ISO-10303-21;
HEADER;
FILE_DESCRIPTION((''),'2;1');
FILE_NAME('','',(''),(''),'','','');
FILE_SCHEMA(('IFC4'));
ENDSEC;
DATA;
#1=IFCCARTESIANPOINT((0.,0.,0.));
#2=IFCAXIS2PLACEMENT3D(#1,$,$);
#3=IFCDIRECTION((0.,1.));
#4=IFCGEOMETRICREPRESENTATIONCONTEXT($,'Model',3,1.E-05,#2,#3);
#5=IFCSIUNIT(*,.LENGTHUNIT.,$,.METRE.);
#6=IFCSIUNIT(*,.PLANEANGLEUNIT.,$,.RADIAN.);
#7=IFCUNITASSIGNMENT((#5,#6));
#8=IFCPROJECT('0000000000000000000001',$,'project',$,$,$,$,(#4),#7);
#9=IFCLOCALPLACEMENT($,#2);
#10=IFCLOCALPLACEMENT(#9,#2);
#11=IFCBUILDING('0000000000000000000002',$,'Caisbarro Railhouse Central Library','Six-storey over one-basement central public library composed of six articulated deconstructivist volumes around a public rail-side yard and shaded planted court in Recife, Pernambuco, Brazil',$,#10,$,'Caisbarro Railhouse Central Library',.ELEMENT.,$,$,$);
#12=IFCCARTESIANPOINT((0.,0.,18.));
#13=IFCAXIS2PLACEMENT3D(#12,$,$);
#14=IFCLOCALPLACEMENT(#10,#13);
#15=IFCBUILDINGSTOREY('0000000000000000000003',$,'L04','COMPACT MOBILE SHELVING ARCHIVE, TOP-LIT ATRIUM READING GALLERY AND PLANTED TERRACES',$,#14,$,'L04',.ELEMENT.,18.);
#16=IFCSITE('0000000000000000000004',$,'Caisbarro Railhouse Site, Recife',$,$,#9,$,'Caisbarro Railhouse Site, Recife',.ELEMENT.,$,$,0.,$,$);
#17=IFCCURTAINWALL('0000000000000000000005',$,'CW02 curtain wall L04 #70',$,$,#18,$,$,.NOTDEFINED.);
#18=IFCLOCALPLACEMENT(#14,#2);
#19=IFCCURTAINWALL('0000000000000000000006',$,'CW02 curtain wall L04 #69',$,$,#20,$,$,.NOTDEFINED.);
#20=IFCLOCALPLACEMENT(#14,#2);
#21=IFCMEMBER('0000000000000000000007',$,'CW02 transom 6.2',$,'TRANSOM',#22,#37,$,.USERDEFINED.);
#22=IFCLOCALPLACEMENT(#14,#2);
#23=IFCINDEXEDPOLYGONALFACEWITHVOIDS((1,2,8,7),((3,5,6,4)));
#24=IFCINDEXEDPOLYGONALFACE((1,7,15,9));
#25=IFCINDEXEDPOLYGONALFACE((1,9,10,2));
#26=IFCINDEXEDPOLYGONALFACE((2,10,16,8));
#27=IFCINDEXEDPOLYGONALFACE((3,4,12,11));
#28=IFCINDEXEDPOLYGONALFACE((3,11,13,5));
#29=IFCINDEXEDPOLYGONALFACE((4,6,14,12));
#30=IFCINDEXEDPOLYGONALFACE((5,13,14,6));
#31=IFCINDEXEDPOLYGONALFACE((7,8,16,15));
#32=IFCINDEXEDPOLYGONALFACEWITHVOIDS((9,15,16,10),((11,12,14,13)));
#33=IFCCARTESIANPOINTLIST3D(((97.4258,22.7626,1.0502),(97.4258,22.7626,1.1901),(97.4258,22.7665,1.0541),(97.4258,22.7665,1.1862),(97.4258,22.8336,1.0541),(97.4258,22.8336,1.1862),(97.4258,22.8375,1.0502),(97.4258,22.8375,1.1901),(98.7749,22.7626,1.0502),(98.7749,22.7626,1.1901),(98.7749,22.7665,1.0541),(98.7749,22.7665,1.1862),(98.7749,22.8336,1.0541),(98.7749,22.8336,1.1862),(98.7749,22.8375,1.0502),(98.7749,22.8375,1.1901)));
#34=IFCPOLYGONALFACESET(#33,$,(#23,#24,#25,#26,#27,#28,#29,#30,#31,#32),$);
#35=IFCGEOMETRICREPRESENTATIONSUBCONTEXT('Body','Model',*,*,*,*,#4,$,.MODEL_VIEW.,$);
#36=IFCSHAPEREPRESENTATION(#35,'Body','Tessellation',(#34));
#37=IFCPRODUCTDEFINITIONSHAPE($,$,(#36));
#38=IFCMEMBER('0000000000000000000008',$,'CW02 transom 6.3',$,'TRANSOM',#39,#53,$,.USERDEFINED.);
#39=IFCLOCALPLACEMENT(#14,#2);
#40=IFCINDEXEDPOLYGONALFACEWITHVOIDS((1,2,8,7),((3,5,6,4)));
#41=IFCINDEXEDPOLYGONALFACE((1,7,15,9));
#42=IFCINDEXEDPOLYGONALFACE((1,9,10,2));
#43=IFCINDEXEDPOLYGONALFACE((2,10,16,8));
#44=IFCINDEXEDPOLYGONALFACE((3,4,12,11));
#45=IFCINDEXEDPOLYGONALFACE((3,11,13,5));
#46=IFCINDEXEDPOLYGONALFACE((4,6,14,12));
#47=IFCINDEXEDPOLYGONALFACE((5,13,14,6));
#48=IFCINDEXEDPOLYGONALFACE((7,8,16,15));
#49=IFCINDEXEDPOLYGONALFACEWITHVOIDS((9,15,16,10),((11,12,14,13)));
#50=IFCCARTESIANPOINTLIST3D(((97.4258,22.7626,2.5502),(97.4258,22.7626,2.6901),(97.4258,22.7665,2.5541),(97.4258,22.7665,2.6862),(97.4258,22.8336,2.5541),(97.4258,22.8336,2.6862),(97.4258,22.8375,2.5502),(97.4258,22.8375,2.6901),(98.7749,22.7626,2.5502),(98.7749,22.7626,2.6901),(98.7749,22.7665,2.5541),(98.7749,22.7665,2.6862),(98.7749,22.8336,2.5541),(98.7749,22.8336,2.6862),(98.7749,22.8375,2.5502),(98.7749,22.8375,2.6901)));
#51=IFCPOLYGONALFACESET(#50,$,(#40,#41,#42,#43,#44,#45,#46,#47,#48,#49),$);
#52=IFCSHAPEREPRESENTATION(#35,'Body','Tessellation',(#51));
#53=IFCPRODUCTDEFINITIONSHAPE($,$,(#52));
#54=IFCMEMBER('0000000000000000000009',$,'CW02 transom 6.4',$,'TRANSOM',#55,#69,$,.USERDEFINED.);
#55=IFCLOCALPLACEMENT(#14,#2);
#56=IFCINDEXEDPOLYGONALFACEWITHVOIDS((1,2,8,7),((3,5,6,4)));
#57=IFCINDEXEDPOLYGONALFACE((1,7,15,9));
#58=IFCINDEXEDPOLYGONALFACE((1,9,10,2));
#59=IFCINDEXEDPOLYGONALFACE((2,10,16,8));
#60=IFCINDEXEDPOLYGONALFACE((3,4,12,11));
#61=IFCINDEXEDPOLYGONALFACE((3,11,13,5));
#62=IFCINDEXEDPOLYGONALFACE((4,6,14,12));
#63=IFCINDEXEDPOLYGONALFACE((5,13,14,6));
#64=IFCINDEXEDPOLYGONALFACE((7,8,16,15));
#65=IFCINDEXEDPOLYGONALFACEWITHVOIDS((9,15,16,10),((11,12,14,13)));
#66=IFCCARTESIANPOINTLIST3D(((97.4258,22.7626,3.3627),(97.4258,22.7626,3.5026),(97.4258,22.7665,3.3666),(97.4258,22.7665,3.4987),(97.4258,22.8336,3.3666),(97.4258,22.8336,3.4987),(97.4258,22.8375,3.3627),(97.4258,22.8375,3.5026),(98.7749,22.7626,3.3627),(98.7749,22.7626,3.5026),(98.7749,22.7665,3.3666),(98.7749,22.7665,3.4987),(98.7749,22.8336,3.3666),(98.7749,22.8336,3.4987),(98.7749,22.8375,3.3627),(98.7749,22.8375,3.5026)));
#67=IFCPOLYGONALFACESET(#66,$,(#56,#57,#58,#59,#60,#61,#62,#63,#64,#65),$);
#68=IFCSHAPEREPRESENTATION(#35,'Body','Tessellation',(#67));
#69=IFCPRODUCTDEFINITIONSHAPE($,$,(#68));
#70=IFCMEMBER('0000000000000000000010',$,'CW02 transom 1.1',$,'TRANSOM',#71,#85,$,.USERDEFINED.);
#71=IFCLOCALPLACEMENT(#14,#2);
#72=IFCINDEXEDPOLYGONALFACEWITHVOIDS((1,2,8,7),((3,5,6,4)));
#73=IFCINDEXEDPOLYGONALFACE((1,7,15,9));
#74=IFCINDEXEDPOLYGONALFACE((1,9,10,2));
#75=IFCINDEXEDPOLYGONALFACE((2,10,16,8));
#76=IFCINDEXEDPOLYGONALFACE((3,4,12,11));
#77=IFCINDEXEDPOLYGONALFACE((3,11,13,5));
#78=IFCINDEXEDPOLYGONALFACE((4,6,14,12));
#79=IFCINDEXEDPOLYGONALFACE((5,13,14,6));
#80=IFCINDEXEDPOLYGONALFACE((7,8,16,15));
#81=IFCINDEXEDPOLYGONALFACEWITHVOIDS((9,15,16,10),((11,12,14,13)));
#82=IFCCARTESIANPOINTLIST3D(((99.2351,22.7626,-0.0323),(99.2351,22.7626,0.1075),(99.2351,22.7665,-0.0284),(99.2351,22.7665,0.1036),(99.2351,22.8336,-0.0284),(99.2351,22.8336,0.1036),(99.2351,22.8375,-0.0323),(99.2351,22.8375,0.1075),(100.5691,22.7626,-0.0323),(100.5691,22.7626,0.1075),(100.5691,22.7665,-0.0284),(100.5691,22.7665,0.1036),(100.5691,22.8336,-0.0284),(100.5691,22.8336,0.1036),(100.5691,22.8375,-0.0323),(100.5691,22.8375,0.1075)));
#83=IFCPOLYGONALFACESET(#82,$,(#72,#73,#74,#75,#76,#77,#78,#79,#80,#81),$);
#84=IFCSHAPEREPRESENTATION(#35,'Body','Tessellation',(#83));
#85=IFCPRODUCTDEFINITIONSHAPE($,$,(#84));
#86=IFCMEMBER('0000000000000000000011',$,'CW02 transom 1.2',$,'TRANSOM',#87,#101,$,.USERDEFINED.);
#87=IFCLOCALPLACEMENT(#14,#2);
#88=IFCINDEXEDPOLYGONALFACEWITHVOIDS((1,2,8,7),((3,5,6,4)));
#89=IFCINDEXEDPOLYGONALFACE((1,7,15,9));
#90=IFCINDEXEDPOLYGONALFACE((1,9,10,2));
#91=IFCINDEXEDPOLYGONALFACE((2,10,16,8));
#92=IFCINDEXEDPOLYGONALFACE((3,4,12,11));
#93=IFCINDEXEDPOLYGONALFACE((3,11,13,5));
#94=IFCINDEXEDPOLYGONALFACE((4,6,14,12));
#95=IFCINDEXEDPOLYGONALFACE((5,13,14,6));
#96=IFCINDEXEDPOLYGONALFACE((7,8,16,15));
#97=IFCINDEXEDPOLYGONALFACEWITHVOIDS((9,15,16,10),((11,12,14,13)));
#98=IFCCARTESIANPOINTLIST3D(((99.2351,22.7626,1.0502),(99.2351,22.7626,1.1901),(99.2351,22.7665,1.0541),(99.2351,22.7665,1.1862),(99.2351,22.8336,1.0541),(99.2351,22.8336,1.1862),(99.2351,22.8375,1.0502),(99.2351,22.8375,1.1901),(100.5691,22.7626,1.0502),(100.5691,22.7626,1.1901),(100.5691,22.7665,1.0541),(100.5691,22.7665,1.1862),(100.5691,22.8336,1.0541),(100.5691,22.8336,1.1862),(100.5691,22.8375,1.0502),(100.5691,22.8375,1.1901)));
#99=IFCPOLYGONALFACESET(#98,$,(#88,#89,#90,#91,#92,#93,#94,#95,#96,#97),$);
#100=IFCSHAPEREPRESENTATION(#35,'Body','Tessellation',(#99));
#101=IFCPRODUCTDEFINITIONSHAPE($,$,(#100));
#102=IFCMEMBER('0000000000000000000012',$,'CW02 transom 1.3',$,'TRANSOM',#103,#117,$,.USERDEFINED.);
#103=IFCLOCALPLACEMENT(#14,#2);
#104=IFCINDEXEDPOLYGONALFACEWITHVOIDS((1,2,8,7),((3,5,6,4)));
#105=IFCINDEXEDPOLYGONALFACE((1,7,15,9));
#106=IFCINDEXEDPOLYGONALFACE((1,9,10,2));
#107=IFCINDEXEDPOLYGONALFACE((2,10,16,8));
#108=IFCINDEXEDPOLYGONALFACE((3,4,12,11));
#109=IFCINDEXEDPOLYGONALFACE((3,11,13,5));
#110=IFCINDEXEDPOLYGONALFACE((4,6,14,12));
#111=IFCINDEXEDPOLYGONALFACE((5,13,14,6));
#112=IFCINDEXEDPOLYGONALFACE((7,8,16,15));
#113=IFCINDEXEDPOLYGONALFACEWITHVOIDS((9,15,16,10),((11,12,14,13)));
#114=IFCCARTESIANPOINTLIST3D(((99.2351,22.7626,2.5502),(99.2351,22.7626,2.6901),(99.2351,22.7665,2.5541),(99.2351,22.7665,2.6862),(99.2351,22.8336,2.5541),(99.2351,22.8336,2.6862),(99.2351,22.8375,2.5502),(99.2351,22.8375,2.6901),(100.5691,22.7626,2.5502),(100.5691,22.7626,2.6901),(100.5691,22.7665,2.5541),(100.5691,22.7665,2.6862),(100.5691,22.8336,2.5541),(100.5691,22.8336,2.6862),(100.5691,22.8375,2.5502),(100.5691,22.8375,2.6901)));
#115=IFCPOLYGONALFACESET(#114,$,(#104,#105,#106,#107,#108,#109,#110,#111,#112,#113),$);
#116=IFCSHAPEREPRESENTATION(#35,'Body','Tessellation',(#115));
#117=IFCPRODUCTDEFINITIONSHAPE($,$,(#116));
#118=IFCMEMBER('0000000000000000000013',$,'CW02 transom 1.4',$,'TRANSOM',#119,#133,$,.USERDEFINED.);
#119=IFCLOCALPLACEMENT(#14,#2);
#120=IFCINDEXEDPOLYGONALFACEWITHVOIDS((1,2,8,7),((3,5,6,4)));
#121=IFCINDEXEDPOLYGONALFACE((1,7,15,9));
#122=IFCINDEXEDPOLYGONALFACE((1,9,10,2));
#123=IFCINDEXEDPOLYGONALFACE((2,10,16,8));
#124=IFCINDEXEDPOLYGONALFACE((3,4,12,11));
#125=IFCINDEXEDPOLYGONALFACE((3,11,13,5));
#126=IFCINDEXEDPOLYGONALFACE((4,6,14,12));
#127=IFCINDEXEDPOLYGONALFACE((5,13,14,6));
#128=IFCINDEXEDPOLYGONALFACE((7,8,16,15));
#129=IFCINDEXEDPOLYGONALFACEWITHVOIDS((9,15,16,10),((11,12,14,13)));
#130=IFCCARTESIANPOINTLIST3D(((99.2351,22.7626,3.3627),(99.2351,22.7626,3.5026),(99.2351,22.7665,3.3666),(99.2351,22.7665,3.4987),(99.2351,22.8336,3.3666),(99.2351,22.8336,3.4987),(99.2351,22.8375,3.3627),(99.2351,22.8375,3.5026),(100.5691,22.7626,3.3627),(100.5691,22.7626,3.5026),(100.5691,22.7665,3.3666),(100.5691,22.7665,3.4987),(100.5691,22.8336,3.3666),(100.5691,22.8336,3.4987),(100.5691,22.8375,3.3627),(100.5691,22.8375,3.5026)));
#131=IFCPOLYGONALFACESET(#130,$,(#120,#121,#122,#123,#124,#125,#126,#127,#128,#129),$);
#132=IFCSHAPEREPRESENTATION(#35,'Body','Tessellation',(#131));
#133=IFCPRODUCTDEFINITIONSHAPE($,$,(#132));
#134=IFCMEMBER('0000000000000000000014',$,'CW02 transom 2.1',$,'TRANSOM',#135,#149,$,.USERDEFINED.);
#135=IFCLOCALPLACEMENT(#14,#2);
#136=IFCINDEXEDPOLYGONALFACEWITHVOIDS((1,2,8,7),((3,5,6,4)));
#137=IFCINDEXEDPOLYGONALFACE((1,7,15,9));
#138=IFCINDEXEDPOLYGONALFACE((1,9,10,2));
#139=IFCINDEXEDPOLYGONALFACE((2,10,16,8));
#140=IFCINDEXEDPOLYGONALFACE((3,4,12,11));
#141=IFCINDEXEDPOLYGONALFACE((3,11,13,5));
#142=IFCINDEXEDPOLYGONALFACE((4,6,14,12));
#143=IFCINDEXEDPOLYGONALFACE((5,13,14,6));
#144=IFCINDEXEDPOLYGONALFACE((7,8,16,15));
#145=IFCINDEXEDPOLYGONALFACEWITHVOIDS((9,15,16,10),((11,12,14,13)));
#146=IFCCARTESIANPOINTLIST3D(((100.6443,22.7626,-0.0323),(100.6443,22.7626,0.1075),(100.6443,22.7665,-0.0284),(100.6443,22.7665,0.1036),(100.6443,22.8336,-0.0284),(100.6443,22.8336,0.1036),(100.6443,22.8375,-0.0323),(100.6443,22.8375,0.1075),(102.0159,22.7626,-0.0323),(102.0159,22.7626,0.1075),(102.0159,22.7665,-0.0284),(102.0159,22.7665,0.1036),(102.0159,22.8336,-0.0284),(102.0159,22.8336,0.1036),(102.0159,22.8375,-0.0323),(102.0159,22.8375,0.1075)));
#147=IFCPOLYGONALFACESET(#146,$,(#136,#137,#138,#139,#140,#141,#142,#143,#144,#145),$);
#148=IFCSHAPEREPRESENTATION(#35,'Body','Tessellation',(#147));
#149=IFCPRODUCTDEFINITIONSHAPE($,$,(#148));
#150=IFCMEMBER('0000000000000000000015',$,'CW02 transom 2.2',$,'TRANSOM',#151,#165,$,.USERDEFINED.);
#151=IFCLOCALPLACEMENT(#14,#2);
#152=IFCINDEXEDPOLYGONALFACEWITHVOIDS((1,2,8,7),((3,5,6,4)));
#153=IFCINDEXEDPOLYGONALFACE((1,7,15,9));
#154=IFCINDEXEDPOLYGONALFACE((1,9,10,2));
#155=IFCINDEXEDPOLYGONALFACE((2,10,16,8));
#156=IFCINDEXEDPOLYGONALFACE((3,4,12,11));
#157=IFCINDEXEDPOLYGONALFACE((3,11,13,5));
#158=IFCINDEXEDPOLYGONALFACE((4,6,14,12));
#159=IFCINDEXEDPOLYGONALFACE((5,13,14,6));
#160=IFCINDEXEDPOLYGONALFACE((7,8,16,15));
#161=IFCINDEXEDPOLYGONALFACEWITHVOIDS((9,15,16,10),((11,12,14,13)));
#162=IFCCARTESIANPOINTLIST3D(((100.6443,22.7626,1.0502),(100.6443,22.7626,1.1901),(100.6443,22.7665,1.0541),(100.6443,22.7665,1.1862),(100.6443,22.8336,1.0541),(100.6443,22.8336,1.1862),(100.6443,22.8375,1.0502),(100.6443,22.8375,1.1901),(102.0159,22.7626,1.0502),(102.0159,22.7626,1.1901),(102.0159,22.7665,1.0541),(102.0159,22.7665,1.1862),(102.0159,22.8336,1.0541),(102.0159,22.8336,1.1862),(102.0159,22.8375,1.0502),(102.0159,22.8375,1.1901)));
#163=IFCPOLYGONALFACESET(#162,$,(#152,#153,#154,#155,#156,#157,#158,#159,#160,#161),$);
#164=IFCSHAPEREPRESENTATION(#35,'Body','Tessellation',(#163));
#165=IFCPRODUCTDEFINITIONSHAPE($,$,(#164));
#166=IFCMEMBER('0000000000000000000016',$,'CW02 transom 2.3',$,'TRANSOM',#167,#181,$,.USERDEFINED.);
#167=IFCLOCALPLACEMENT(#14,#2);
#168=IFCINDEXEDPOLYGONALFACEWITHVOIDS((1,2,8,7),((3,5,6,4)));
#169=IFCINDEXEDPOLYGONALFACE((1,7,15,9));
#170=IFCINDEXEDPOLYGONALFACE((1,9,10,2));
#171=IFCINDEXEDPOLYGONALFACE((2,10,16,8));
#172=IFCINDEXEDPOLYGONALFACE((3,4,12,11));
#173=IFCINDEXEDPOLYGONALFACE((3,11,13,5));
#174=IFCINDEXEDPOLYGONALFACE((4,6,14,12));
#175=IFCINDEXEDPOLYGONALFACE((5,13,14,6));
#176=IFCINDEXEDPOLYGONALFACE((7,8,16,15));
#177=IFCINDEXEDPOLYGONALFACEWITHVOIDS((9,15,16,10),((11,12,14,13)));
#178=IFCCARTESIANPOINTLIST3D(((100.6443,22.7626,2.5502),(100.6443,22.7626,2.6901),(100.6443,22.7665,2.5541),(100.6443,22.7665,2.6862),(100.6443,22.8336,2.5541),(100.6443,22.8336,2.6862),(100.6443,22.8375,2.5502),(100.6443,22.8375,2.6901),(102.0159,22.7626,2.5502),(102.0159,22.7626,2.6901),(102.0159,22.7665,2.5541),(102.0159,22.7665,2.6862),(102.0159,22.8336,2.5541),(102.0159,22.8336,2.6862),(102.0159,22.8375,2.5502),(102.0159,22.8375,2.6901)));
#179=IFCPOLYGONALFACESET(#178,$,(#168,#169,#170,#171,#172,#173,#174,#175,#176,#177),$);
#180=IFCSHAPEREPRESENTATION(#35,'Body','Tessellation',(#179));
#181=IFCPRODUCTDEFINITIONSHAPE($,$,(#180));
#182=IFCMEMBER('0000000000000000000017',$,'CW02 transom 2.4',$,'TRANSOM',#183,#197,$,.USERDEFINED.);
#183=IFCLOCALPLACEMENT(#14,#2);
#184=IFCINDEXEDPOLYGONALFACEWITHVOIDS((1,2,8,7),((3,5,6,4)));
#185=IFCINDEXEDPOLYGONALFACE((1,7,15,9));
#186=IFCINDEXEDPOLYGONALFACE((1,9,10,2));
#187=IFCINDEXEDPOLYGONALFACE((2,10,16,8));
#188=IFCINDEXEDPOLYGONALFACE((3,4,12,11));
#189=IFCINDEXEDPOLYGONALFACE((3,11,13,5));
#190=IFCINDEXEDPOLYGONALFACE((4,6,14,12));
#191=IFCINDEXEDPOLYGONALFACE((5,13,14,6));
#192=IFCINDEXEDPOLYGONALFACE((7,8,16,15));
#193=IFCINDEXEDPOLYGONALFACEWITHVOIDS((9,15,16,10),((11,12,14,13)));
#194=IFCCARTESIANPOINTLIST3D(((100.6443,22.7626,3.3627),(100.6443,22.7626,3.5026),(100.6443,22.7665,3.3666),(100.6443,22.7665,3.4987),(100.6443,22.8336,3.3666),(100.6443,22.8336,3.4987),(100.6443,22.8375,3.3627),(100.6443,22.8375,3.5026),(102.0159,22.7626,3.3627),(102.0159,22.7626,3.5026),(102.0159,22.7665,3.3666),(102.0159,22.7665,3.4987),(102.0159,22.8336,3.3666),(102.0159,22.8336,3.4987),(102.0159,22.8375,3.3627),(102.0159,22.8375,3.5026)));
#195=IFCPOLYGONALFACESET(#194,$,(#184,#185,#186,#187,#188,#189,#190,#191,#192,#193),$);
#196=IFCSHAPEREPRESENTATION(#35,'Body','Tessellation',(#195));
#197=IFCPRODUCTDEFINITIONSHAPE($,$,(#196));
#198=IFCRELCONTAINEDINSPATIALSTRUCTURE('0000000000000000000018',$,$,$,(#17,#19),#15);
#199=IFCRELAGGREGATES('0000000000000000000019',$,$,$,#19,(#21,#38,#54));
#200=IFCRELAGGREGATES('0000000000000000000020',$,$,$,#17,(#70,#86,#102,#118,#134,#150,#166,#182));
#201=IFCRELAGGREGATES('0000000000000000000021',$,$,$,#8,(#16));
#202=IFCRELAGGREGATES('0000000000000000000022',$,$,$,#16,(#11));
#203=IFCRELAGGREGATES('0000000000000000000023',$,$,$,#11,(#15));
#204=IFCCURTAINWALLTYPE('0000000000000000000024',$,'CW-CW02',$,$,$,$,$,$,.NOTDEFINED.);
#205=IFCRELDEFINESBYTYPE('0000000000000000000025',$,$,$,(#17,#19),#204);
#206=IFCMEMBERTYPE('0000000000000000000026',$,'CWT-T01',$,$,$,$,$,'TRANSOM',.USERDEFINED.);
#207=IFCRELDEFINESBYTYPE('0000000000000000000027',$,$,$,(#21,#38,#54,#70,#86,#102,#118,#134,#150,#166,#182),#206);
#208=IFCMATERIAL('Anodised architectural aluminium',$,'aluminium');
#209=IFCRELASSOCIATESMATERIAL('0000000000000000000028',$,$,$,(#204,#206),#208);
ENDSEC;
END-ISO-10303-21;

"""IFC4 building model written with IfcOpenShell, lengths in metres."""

from ifc_helpers import new_model, si_unit, direction, frame, origin, origin_2d, place, context, subcontext, project, spatial, hollow_rectangle, extrude, material, material_profile, profile_set, type_object, element, aggregate, save


model = new_model("IFC4")

# Units and contexts
model_context = context("Model", 3, precision=1e-05, world=origin(), true_north=direction((0.0, 1.0)))
body_context = subcontext(model_context, "Body", "Model", "MODEL_VIEW")
ifc_project = project(units=[si_unit("LENGTHUNIT", "METRE"), si_unit("PLANEANGLEUNIT", "RADIAN")], contexts=[model_context])

# Site, building, storey
site_placement = place(None, origin())
site = spatial("IfcSite", under=ifc_project, at=site_placement, Name="Caisbarro Railhouse Site, Recife", LongName="Caisbarro Railhouse Site, Recife", CompositionType="ELEMENT", RefElevation=0.0)
building_placement = place(site_placement, origin())
building = spatial("IfcBuilding", under=site, at=building_placement, Name="Caisbarro Railhouse Central Library", Description="Six-storey over one-basement central public library composed of six articulated deconstructivist volumes around a public rail-side yard and shaded planted court in Recife, Pernambuco, Brazil", LongName="Caisbarro Railhouse Central Library", CompositionType="ELEMENT")
storey_placement = place(building_placement, frame((0.0, 0.0, 18.0)))
storey = spatial("IfcBuildingStorey", under=building, at=storey_placement, Name="L04", Description="COMPACT MOBILE SHELVING ARCHIVE, TOP-LIT ATRIUM READING GALLERY AND PLANTED TERRACES", LongName="L04", CompositionType="ELEMENT", Elevation=18.0)

# Curtain walls, members
ifc_material_1 = material(Name="Anodised architectural aluminium", Category="aluminium")
curtain_wall_type = type_object("IfcCurtainWallType", Name="CW-CW02", PredefinedType="NOTDEFINED", material=ifc_material_1)
curtain_wall_1_placement = place(storey_placement, origin())
curtain_wall_1 = element("IfcCurtainWall", 1, at=curtain_wall_1_placement, inside=storey, type_object=curtain_wall_type, Name="CW02 curtain wall L04 #70", PredefinedType="NOTDEFINED")
curtain_wall_2_placement = place(storey_placement, origin())
curtain_wall_2 = element("IfcCurtainWall", 2, at=curtain_wall_2_placement, inside=storey, type_object=curtain_wall_type, Name="CW02 curtain wall L04 #69", PredefinedType="NOTDEFINED")
ifc_material_profile_1 = material_profile(ifc_material_1, hollow_rectangle(XDim=0.075, YDim=0.1399, WallThickness=0.0039, at=origin_2d()), Name="ALU-TRN-75X140")
ifc_profile_set_1 = profile_set([ifc_material_profile_1], Name="Anodised architectural aluminium")
member_type_1 = type_object("IfcMemberType", Name="CWT-T01", ElementType="TRANSOM", PredefinedType="USERDEFINED", material=ifc_profile_set_1)
member_1_placement = place(storey_placement, frame((97.4258, 22.8, 1.1201), z_axis=(1.0, 0.0, 0.0), x_axis=(0.0, 1.0, 0.0)))
member_1 = element("IfcMember", 3, at=member_1_placement, type_object=member_type_1, Name="CW02 transom 6.2", ObjectType="TRANSOM", PredefinedType="USERDEFINED", context=body_context, shape_type="SweptSolid", body=[
    extrude(hollow_rectangle(XDim=0.075, YDim=0.1399, WallThickness=0.0039, at=origin_2d()), origin(), (0.0, 0.0, 1.0), 1.3491),
])
member_2_placement = place(storey_placement, frame((97.4258, 22.8, 2.6201), z_axis=(1.0, 0.0, 0.0), x_axis=(0.0, 1.0, 0.0)))
member_2 = element("IfcMember", 4, at=member_2_placement, type_object=member_type_1, Name="CW02 transom 6.3", ObjectType="TRANSOM", PredefinedType="USERDEFINED", context=body_context, shape_type="SweptSolid", body=[
    extrude(hollow_rectangle(XDim=0.075, YDim=0.1399, WallThickness=0.0039, at=origin_2d()), origin(), (0.0, 0.0, 1.0), 1.3491),
])
member_3_placement = place(storey_placement, frame((97.4258, 22.8, 3.4326), z_axis=(1.0, 0.0, 0.0), x_axis=(0.0, 1.0, 0.0)))
member_3 = element("IfcMember", 5, at=member_3_placement, type_object=member_type_1, Name="CW02 transom 6.4", ObjectType="TRANSOM", PredefinedType="USERDEFINED", context=body_context, shape_type="SweptSolid", body=[
    extrude(hollow_rectangle(XDim=0.075, YDim=0.1399, WallThickness=0.0039, at=origin_2d()), origin(), (0.0, 0.0, 1.0), 1.3491),
])

# Members
member_4_placement = place(storey_placement, frame((99.2351, 22.8, 0.0376), z_axis=(1.0, 0.0, 0.0), x_axis=(0.0, 1.0, 0.0)))
member_4 = element("IfcMember", 6, at=member_4_placement, type_object=member_type_1, Name="CW02 transom 1.1", ObjectType="TRANSOM", PredefinedType="USERDEFINED", context=body_context, shape_type="SweptSolid", body=[
    extrude(hollow_rectangle(XDim=0.075, YDim=0.1399, WallThickness=0.0039, at=origin_2d()), origin(), (0.0, 0.0, 1.0), 1.334),
])
member_5_placement = place(storey_placement, frame((99.2351, 22.8, 1.1201), z_axis=(1.0, 0.0, 0.0), x_axis=(0.0, 1.0, 0.0)))
member_5 = element("IfcMember", 7, at=member_5_placement, type_object=member_type_1, Name="CW02 transom 1.2", ObjectType="TRANSOM", PredefinedType="USERDEFINED", context=body_context, shape_type="SweptSolid", body=[
    extrude(hollow_rectangle(XDim=0.075, YDim=0.1399, WallThickness=0.0039, at=origin_2d()), origin(), (0.0, 0.0, 1.0), 1.334),
])
member_6_placement = place(storey_placement, frame((99.2351, 22.8, 2.6201), z_axis=(1.0, 0.0, 0.0), x_axis=(0.0, 1.0, 0.0)))
member_6 = element("IfcMember", 8, at=member_6_placement, type_object=member_type_1, Name="CW02 transom 1.3", ObjectType="TRANSOM", PredefinedType="USERDEFINED", context=body_context, shape_type="SweptSolid", body=[
    extrude(hollow_rectangle(XDim=0.075, YDim=0.1399, WallThickness=0.0039, at=origin_2d()), origin(), (0.0, 0.0, 1.0), 1.334),
])
member_7_placement = place(storey_placement, frame((99.2351, 22.8, 3.4326), z_axis=(1.0, 0.0, 0.0), x_axis=(0.0, 1.0, 0.0)))
member_7 = element("IfcMember", 9, at=member_7_placement, type_object=member_type_1, Name="CW02 transom 1.4", ObjectType="TRANSOM", PredefinedType="USERDEFINED", context=body_context, shape_type="SweptSolid", body=[
    extrude(hollow_rectangle(XDim=0.075, YDim=0.1399, WallThickness=0.0039, at=origin_2d()), origin(), (0.0, 0.0, 1.0), 1.334),
])
member_8_placement = place(storey_placement, frame((100.6443, 22.8, 0.0376), z_axis=(1.0, 0.0, 0.0), x_axis=(0.0, 1.0, 0.0)))
member_8 = element("IfcMember", 10, at=member_8_placement, type_object=member_type_1, Name="CW02 transom 2.1", ObjectType="TRANSOM", PredefinedType="USERDEFINED", context=body_context, shape_type="SweptSolid", body=[
    extrude(hollow_rectangle(XDim=0.075, YDim=0.1399, WallThickness=0.0039, at=origin_2d()), origin(), (0.0, 0.0, 1.0), 1.3716),
])
member_9_placement = place(storey_placement, frame((100.6443, 22.8, 1.1201), z_axis=(1.0, 0.0, 0.0), x_axis=(0.0, 1.0, 0.0)))
member_9 = element("IfcMember", 11, at=member_9_placement, type_object=member_type_1, Name="CW02 transom 2.2", ObjectType="TRANSOM", PredefinedType="USERDEFINED", context=body_context, shape_type="SweptSolid", body=[
    extrude(hollow_rectangle(XDim=0.075, YDim=0.1399, WallThickness=0.0039, at=origin_2d()), origin(), (0.0, 0.0, 1.0), 1.3716),
])
member_10_placement = place(storey_placement, frame((100.6443, 22.8, 2.6201), z_axis=(1.0, 0.0, 0.0), x_axis=(0.0, 1.0, 0.0)))
member_10 = element("IfcMember", 12, at=member_10_placement, type_object=member_type_1, Name="CW02 transom 2.3", ObjectType="TRANSOM", PredefinedType="USERDEFINED", context=body_context, shape_type="SweptSolid", body=[
    extrude(hollow_rectangle(XDim=0.075, YDim=0.1399, WallThickness=0.0039, at=origin_2d()), origin(), (0.0, 0.0, 1.0), 1.3716),
])
member_11_placement = place(storey_placement, frame((100.6443, 22.8, 3.4326), z_axis=(1.0, 0.0, 0.0), x_axis=(0.0, 1.0, 0.0)))
member_11 = element("IfcMember", 13, at=member_11_placement, type_object=member_type_1, Name="CW02 transom 2.4", ObjectType="TRANSOM", PredefinedType="USERDEFINED", context=body_context, shape_type="SweptSolid", body=[
    extrude(hollow_rectangle(XDim=0.075, YDim=0.1399, WallThickness=0.0039, at=origin_2d()), origin(), (0.0, 0.0, 1.0), 1.3716),
])

aggregate(curtain_wall_2, [member_1, member_2, member_3])
aggregate(curtain_wall_1, [member_4, member_5, member_6, member_7, member_8, member_9, member_10, member_11])

save(model, "model.ifc")
